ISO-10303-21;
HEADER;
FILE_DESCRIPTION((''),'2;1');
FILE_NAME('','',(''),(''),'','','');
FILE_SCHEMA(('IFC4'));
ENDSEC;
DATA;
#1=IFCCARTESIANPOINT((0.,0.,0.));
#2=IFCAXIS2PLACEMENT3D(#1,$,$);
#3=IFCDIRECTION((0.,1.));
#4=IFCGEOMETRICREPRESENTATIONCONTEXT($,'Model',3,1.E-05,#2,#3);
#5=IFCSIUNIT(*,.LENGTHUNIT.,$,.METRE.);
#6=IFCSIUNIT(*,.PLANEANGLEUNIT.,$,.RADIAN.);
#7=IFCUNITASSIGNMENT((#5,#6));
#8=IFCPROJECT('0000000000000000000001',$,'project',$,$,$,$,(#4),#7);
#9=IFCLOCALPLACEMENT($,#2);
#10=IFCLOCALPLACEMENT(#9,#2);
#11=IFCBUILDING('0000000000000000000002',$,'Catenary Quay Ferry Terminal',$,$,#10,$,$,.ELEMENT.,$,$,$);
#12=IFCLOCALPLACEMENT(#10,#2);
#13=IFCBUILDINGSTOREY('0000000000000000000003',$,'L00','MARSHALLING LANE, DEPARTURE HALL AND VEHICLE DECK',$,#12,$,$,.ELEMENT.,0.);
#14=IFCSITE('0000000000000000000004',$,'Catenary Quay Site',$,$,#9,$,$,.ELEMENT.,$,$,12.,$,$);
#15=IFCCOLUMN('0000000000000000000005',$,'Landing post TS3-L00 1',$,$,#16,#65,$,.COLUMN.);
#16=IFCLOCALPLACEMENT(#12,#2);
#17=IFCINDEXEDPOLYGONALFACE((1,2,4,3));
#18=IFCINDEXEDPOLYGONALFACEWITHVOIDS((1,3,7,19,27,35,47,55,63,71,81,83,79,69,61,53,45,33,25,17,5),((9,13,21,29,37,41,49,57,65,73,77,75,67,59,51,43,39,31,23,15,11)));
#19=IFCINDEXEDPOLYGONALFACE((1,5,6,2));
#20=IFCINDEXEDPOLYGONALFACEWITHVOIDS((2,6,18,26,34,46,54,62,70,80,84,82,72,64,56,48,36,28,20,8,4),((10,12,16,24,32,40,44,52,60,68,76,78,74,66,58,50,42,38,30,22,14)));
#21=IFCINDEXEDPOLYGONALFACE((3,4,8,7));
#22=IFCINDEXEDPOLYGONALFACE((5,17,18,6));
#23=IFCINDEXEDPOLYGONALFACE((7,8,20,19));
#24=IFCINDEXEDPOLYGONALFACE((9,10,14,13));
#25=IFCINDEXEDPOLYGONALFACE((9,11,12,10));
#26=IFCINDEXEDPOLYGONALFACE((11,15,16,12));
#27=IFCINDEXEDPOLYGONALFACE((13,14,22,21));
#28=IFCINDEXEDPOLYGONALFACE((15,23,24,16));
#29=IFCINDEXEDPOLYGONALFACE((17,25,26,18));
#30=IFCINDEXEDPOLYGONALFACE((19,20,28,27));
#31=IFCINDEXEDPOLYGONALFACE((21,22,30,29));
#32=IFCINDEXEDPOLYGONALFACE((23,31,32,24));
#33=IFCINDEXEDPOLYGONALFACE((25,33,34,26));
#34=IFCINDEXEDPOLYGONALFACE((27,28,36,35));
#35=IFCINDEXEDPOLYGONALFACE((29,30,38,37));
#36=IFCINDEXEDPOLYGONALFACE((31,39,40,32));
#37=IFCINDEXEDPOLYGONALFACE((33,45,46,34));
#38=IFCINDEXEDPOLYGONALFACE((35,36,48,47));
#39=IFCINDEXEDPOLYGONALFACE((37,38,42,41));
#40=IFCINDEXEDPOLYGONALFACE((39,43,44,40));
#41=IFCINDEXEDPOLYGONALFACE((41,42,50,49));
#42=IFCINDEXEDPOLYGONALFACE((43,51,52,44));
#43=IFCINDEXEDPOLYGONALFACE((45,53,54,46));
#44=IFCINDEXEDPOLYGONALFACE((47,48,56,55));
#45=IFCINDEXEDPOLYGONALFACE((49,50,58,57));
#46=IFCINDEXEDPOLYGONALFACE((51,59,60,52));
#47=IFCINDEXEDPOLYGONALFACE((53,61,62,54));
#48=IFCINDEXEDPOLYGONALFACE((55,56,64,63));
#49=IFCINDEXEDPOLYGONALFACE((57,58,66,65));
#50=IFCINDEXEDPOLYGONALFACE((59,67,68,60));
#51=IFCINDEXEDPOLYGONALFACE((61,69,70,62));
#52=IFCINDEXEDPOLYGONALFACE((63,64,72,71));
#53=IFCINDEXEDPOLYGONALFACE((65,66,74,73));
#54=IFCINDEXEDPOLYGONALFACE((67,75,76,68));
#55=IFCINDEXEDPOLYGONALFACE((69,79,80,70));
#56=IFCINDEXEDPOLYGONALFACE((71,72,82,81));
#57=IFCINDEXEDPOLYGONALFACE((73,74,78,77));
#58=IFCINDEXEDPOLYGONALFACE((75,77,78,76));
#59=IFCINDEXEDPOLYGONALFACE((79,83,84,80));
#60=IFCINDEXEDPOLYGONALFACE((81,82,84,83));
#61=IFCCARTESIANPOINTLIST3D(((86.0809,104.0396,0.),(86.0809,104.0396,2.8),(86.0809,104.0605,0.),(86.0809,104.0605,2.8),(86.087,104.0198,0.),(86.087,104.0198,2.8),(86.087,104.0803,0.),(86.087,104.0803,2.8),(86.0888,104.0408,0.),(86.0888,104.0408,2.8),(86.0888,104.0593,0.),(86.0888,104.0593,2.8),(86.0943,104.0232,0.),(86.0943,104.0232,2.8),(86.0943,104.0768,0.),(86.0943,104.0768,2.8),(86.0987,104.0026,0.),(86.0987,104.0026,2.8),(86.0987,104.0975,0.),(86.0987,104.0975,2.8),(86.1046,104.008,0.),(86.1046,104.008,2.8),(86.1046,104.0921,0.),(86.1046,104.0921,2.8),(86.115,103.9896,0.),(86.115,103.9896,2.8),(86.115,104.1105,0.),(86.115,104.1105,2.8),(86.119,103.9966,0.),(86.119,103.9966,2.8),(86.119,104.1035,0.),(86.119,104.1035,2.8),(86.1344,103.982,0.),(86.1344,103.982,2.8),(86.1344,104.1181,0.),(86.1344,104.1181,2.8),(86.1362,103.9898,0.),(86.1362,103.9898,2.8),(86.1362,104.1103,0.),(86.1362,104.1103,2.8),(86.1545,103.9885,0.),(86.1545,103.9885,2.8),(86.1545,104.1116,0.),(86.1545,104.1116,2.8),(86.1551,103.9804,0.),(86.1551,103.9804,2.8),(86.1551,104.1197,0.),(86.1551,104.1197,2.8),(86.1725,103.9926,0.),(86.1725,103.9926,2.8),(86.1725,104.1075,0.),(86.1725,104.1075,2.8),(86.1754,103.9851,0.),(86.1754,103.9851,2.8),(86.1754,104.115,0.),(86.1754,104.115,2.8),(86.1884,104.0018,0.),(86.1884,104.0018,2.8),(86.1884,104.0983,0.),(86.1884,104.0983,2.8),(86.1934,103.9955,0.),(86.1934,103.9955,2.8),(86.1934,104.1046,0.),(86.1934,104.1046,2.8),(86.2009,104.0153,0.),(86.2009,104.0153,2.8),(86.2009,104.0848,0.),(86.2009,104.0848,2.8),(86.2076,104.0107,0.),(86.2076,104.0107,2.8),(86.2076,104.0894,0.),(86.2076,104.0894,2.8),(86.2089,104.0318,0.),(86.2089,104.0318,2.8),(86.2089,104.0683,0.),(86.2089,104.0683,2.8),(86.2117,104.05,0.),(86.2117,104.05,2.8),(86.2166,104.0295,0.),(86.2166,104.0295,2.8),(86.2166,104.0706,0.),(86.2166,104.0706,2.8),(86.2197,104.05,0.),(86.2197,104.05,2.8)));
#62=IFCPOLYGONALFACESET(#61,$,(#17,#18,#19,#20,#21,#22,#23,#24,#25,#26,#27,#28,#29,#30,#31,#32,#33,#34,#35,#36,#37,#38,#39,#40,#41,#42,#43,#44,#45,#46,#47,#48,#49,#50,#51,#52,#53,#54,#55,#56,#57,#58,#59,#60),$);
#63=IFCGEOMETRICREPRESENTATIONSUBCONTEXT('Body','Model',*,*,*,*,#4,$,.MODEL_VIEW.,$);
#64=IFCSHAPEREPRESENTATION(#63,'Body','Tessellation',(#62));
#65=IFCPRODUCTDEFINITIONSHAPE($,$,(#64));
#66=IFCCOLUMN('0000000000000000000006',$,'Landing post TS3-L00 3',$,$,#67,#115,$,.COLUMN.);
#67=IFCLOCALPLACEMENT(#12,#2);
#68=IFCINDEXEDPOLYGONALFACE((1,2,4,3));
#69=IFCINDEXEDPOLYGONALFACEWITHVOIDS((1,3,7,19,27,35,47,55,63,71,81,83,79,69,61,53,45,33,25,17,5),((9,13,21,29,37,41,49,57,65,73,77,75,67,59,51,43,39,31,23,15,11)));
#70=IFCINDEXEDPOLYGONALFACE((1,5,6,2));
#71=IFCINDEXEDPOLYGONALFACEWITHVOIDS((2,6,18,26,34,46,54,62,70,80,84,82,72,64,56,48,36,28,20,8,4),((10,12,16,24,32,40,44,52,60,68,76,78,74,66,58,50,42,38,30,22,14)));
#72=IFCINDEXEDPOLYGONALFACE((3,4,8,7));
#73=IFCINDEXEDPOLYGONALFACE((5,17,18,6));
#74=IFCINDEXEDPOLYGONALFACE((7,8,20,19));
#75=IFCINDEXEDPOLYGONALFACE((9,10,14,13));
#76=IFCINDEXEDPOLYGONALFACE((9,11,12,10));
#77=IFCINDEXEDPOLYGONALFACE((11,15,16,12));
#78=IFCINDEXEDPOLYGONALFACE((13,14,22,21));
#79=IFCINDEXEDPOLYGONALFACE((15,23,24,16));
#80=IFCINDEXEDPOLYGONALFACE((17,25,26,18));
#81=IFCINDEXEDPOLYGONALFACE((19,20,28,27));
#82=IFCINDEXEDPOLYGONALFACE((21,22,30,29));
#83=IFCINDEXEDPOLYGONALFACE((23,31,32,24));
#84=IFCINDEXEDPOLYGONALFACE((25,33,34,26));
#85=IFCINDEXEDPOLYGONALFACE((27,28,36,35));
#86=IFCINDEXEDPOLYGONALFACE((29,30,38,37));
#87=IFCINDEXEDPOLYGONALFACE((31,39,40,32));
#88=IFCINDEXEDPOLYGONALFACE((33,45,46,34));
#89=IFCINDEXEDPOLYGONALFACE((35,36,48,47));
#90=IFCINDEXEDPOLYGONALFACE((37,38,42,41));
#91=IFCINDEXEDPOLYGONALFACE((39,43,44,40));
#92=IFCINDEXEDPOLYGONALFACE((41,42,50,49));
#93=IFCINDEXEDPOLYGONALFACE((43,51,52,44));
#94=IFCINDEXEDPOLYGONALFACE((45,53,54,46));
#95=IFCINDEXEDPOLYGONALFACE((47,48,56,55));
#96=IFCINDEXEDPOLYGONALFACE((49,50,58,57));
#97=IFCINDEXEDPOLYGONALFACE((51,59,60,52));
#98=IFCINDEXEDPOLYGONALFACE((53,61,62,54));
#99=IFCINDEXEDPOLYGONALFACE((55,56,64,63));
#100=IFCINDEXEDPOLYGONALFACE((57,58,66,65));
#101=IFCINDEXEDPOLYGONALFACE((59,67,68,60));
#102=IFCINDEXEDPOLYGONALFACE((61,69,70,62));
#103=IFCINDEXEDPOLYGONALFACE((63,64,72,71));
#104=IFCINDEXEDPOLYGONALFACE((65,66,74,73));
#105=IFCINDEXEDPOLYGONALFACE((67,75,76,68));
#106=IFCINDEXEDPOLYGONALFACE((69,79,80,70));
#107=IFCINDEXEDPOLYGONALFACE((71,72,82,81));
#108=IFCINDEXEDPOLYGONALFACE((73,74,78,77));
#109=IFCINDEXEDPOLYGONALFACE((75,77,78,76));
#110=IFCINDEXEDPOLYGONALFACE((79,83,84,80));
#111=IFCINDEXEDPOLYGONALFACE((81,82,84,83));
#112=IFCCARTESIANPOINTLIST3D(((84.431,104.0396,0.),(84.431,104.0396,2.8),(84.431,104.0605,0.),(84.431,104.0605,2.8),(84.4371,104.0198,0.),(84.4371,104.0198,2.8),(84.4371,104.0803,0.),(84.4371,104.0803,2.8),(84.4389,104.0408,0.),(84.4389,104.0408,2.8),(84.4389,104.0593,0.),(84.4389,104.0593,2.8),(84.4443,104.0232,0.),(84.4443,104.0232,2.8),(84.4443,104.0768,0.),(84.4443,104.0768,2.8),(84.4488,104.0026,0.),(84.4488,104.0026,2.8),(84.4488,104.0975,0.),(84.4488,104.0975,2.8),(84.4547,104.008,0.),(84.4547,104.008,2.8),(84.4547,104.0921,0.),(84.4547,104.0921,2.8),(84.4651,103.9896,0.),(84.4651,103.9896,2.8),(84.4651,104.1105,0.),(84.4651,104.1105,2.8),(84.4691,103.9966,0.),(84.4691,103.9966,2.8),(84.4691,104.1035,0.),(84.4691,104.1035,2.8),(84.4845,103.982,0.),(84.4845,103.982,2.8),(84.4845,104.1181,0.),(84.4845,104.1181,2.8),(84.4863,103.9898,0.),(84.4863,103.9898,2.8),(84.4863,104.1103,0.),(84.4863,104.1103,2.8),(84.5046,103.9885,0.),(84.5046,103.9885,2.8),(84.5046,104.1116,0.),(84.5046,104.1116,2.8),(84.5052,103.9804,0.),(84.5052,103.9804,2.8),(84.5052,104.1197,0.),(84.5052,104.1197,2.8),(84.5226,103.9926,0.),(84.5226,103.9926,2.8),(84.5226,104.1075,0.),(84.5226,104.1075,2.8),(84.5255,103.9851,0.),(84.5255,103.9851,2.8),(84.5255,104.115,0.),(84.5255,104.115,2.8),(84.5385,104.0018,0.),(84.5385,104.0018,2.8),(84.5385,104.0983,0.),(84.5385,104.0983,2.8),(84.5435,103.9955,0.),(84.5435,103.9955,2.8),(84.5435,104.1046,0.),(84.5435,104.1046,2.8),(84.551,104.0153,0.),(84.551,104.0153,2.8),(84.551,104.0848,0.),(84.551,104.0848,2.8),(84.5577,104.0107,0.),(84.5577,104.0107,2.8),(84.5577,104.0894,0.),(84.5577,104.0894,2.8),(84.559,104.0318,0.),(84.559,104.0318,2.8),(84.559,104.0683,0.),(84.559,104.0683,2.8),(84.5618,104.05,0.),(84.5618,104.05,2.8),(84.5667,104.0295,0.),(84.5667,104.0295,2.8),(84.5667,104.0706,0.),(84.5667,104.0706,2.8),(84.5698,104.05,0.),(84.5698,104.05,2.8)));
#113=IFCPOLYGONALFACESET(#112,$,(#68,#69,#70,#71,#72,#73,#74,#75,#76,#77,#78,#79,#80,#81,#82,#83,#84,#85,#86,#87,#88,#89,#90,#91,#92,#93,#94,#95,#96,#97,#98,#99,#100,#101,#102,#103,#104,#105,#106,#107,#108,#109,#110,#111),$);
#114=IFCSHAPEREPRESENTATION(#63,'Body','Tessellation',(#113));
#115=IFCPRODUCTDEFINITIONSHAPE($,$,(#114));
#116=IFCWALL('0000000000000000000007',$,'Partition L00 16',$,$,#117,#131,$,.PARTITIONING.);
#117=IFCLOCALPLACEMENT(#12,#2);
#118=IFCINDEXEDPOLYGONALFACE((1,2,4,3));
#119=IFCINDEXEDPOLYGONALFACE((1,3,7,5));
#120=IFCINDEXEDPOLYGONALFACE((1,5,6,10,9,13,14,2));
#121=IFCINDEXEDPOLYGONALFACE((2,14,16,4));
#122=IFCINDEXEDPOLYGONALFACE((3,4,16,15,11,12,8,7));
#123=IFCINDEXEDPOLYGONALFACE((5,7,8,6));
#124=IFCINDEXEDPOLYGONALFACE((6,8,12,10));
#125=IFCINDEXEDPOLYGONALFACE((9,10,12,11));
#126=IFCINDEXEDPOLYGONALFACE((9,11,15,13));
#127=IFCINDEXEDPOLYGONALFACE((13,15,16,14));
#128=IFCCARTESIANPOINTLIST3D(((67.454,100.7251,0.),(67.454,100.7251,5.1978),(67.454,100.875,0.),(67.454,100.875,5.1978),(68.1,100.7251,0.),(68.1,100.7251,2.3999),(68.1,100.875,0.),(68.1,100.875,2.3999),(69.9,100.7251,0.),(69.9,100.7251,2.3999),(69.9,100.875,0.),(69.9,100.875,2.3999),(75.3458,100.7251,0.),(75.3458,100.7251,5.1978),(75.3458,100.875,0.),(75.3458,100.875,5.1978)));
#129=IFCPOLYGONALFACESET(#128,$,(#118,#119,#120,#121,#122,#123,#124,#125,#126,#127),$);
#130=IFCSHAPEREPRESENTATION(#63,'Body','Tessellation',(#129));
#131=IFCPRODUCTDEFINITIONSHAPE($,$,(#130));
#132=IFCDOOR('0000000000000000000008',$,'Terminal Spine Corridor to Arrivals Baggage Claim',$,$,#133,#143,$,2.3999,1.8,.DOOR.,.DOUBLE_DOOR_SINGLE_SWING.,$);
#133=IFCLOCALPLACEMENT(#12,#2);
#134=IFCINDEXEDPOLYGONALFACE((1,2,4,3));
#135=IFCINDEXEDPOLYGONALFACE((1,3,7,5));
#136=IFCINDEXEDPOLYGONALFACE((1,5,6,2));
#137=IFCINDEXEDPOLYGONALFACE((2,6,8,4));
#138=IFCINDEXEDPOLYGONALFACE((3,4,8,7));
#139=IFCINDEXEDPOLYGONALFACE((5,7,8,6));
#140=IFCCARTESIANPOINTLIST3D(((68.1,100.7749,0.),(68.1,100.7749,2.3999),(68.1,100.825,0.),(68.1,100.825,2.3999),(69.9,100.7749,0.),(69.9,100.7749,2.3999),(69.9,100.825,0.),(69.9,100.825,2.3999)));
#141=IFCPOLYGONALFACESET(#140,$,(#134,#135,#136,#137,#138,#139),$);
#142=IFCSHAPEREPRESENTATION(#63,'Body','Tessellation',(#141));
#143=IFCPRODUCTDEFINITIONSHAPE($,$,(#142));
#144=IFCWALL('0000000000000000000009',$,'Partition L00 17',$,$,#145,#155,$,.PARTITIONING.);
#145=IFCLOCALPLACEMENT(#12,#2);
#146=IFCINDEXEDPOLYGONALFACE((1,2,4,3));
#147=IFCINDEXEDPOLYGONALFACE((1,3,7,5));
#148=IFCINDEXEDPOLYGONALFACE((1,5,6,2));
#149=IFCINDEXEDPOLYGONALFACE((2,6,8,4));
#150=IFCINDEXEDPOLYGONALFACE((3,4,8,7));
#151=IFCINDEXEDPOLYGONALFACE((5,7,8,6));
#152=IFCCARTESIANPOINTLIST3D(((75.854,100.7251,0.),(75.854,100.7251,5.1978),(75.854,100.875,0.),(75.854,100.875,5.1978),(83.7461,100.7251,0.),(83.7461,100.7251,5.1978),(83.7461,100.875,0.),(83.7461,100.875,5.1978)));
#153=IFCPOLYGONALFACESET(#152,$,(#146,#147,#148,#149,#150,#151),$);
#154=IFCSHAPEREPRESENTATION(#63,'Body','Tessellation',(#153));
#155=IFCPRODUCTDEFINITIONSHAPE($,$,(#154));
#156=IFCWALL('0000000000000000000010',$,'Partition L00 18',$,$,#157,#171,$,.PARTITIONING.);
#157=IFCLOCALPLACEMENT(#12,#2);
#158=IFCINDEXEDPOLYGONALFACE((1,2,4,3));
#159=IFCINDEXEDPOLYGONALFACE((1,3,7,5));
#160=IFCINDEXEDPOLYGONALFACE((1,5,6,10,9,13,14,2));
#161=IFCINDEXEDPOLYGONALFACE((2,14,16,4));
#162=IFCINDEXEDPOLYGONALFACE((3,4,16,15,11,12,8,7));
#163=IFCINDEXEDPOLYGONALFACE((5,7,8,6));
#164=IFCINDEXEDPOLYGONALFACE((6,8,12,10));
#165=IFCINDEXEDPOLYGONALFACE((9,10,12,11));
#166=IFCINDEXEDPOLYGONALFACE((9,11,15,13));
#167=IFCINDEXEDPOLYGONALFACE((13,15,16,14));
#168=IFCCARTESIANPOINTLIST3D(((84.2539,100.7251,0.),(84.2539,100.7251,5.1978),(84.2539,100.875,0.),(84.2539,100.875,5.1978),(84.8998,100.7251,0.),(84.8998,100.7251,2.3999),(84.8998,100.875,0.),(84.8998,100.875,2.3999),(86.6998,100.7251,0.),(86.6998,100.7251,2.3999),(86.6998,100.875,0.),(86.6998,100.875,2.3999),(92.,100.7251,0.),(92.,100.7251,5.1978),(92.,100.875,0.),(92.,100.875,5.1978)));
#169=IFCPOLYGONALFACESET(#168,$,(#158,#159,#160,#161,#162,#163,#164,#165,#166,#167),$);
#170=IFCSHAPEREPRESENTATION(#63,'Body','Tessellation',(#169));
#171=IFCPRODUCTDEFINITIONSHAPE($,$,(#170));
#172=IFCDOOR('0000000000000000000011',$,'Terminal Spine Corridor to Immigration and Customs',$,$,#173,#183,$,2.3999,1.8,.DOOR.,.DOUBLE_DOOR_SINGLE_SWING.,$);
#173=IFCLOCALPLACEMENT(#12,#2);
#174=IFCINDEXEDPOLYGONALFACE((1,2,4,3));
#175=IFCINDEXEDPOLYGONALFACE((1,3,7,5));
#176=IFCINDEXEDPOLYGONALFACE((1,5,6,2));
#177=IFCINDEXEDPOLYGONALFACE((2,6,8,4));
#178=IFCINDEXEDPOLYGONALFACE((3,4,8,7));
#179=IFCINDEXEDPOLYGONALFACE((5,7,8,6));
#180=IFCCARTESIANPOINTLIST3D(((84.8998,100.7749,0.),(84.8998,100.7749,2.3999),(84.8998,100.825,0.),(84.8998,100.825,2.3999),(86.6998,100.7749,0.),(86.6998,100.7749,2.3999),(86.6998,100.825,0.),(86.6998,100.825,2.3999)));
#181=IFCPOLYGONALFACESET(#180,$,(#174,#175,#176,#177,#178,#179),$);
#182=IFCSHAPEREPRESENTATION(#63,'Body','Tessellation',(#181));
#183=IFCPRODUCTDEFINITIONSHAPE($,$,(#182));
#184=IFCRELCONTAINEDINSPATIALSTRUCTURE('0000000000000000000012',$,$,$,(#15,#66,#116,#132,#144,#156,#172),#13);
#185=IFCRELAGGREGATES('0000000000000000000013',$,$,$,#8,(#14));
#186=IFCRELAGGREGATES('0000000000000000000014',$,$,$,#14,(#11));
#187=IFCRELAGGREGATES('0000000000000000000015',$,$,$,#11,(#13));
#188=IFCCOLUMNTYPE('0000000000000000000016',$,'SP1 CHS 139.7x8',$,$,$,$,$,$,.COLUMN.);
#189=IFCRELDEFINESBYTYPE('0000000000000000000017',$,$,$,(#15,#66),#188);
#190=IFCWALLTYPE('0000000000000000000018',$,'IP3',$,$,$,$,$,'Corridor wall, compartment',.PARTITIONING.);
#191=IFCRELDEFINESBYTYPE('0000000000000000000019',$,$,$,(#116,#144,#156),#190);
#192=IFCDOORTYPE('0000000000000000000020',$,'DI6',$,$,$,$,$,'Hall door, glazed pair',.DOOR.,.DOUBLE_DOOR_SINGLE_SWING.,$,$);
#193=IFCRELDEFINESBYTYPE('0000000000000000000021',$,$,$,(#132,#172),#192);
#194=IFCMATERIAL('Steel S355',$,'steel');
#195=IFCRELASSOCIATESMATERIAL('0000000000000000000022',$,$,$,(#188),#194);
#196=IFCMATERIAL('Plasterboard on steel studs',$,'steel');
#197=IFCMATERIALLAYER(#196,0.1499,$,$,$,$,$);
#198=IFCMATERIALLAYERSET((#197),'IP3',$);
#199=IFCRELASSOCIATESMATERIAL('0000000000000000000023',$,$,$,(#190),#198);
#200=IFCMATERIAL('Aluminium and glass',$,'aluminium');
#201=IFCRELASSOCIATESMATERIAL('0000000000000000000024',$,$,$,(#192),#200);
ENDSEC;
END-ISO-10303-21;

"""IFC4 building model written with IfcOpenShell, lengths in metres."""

from ifc_helpers import new_model, si_unit, direction, frame, frame_2d, origin, origin_2d, place, context, subcontext, project, spatial, rectangle, hollow_circle, extrude, material, layer, layer_set, material_profile, profile_set, type_object, element, fill, save


model = new_model("IFC4")

# Units and contexts
model_context = context("Model", 3, precision=1e-05, world=origin(), true_north=direction((0.0, 1.0)))
body_context = subcontext(model_context, "Body", "Model", "MODEL_VIEW")
ifc_project = project(units=[si_unit("LENGTHUNIT", "METRE"), si_unit("PLANEANGLEUNIT", "RADIAN")], contexts=[model_context])

# Site, building, storey
site_placement = place(None, origin())
site = spatial("IfcSite", under=ifc_project, at=site_placement, Name="Catenary Quay Site", CompositionType="ELEMENT", RefElevation=12.0)
building_placement = place(site_placement, origin())
building = spatial("IfcBuilding", under=site, at=building_placement, Name="Catenary Quay Ferry Terminal", CompositionType="ELEMENT")
storey_placement = place(building_placement, origin())
storey = spatial("IfcBuildingStorey", under=building, at=storey_placement, Name="L00", Description="MARSHALLING LANE, DEPARTURE HALL AND VEHICLE DECK", CompositionType="ELEMENT", Elevation=0.0)

# Columns
ifc_material_1 = material(Name="Steel S355", Category="steel")
ifc_material_profile_1 = material_profile(ifc_material_1, hollow_circle(Radius=0.0698, WallThickness=0.0081, at=origin_2d()), Name="CHS 139.7x8")
ifc_profile_set_1 = profile_set([ifc_material_profile_1], Name="Steel S355")
column_type_1 = type_object("IfcColumnType", Name="SP1 CHS 139.7x8", PredefinedType="COLUMN", material=ifc_profile_set_1)
for number, where, z_axis, x_axis, name in (
    (1, (86.1499, 104.05, 0.0), (0.0, 0.0, 1.0), (1.0, 0.0, 0.0), "Landing post TS3-L00 1"),
    (2, (84.5, 104.05, 0.0), (0.0, 0.0, 1.0), (1.0, 0.0, 0.0), "Landing post TS3-L00 3"),
):
    element("IfcColumn", number, at=place(storey_placement, frame(where, z_axis=z_axis, x_axis=x_axis)), inside=storey, type_object=column_type_1, Name=name, PredefinedType="COLUMN", context=body_context, shape_type="SweptSolid", body=[
        extrude(hollow_circle(Radius=0.0698, WallThickness=0.0081, at=origin_2d()), origin(), (0.0, 0.0, 1.0), 2.8),
    ])

# Wall, opening, door
ifc_material_2 = material(Name="Plasterboard on steel studs", Category="steel")
ifc_layer_1 = layer(ifc_material_2, 0.1499)
ifc_layer_set_1 = layer_set([ifc_layer_1], Name="IP3")
wall_type_1 = type_object("IfcWallType", Name="IP3", ElementType="Corridor wall, compartment", PredefinedType="PARTITIONING", material=ifc_layer_set_1)
wall_1_placement = place(storey_placement, frame((67.4541, 100.8, 0.0), z_axis=(0.0, 0.0, 1.0), x_axis=(1.0, 0.0, 0.0)))
wall_1 = element("IfcWall", 3, at=wall_1_placement, inside=storey, type_object=wall_type_1, Name="Partition L00 16", PredefinedType="PARTITIONING", context=body_context, shape_type="SweptSolid", body=[
    extrude(rectangle(XDim=7.8918, YDim=0.1499, at=frame_2d((3.9458, 0.0))), origin(), (0.0, 0.0, 1.0), 5.1978),
])
opening_1_placement = place(wall_1_placement, frame((0.646, 0.0, 0.0)))
opening_1 = element("IfcOpeningElement", 4, at=opening_1_placement, cuts=wall_1, PredefinedType="OPENING", context=body_context, shape_type="SweptSolid", body=[
    extrude(rectangle(XDim=1.8, YDim=2.3999, at=frame_2d((0.8999, 1.2))), frame((0.0, 0.085, 0.0), z_axis=(0.0, -1.0, 0.0), x_axis=(1.0, 0.0, 0.0)), (0.0, 0.0, 1.0), 0.1699),
])
ifc_material_3 = material(Name="Aluminium and glass", Category="aluminium")
door_type_1 = type_object("IfcDoorType", Name="DI6", ElementType="Hall door, glazed pair", OperationType="DOUBLE_DOOR_SINGLE_SWING", PredefinedType="DOOR", material=ifc_material_3)
door_1_placement = place(opening_1_placement, origin())
door_1 = element("IfcDoor", 5, at=door_1_placement, inside=storey, type_object=door_type_1, Name="Terminal Spine Corridor to Arrivals Baggage Claim", OperationType="DOUBLE_DOOR_SINGLE_SWING", OverallHeight=2.3999, OverallWidth=1.8, PredefinedType="DOOR", context=body_context, shape_type="SweptSolid", body=[
    extrude(rectangle(XDim=1.8, YDim=2.3999, at=frame_2d((0.8999, 1.2))), frame((0.0, 0.0249, 0.0), z_axis=(0.0, -1.0, 0.0), x_axis=(1.0, 0.0, 0.0)), (0.0, 0.0, 1.0), 0.05),
])
fill(opening_1, door_1)

# Wall
wall_2_placement = place(storey_placement, frame((75.854, 100.8, 0.0), z_axis=(0.0, 0.0, 1.0), x_axis=(1.0, 0.0, 0.0)))
element("IfcWall", 6, at=wall_2_placement, inside=storey, type_object=wall_type_1, Name="Partition L00 17", PredefinedType="PARTITIONING", context=body_context, shape_type="SweptSolid", body=[
    extrude(rectangle(XDim=7.8921, YDim=0.1499, at=frame_2d((3.946, 0.0))), origin(), (0.0, 0.0, 1.0), 5.1978),
])

# Wall, opening, door
wall_3_placement = place(storey_placement, frame((84.2539, 100.8, 0.0), z_axis=(0.0, 0.0, 1.0), x_axis=(1.0, 0.0, 0.0)))
wall_3 = element("IfcWall", 7, at=wall_3_placement, inside=storey, type_object=wall_type_1, Name="Partition L00 18", PredefinedType="PARTITIONING", context=body_context, shape_type="SweptSolid", body=[
    extrude(rectangle(XDim=7.7461, YDim=0.1499, at=frame_2d((3.873, 0.0))), origin(), (0.0, 0.0, 1.0), 5.1978),
])
opening_2_placement = place(wall_3_placement, frame((0.646, 0.0, 0.0)))
opening_2 = element("IfcOpeningElement", 8, at=opening_2_placement, cuts=wall_3, PredefinedType="OPENING", context=body_context, shape_type="SweptSolid", body=[
    extrude(rectangle(XDim=1.8, YDim=2.3999, at=frame_2d((0.8999, 1.2))), frame((0.0, 0.085, 0.0), z_axis=(0.0, -1.0, 0.0), x_axis=(1.0, 0.0, 0.0)), (0.0, 0.0, 1.0), 0.1699),
])
door_2_placement = place(opening_2_placement, origin())
door_2 = element("IfcDoor", 9, at=door_2_placement, inside=storey, type_object=door_type_1, Name="Terminal Spine Corridor to Immigration and Customs", OperationType="DOUBLE_DOOR_SINGLE_SWING", OverallHeight=2.3999, OverallWidth=1.8, PredefinedType="DOOR", context=body_context, shape_type="SweptSolid", body=[
    extrude(rectangle(XDim=1.8, YDim=2.3999, at=frame_2d((0.8999, 1.2))), frame((0.0, 0.0249, 0.0), z_axis=(0.0, -1.0, 0.0), x_axis=(1.0, 0.0, 0.0)), (0.0, 0.0, 1.0), 0.05),
])
fill(opening_2, door_2)

save(model, "model.ifc")
